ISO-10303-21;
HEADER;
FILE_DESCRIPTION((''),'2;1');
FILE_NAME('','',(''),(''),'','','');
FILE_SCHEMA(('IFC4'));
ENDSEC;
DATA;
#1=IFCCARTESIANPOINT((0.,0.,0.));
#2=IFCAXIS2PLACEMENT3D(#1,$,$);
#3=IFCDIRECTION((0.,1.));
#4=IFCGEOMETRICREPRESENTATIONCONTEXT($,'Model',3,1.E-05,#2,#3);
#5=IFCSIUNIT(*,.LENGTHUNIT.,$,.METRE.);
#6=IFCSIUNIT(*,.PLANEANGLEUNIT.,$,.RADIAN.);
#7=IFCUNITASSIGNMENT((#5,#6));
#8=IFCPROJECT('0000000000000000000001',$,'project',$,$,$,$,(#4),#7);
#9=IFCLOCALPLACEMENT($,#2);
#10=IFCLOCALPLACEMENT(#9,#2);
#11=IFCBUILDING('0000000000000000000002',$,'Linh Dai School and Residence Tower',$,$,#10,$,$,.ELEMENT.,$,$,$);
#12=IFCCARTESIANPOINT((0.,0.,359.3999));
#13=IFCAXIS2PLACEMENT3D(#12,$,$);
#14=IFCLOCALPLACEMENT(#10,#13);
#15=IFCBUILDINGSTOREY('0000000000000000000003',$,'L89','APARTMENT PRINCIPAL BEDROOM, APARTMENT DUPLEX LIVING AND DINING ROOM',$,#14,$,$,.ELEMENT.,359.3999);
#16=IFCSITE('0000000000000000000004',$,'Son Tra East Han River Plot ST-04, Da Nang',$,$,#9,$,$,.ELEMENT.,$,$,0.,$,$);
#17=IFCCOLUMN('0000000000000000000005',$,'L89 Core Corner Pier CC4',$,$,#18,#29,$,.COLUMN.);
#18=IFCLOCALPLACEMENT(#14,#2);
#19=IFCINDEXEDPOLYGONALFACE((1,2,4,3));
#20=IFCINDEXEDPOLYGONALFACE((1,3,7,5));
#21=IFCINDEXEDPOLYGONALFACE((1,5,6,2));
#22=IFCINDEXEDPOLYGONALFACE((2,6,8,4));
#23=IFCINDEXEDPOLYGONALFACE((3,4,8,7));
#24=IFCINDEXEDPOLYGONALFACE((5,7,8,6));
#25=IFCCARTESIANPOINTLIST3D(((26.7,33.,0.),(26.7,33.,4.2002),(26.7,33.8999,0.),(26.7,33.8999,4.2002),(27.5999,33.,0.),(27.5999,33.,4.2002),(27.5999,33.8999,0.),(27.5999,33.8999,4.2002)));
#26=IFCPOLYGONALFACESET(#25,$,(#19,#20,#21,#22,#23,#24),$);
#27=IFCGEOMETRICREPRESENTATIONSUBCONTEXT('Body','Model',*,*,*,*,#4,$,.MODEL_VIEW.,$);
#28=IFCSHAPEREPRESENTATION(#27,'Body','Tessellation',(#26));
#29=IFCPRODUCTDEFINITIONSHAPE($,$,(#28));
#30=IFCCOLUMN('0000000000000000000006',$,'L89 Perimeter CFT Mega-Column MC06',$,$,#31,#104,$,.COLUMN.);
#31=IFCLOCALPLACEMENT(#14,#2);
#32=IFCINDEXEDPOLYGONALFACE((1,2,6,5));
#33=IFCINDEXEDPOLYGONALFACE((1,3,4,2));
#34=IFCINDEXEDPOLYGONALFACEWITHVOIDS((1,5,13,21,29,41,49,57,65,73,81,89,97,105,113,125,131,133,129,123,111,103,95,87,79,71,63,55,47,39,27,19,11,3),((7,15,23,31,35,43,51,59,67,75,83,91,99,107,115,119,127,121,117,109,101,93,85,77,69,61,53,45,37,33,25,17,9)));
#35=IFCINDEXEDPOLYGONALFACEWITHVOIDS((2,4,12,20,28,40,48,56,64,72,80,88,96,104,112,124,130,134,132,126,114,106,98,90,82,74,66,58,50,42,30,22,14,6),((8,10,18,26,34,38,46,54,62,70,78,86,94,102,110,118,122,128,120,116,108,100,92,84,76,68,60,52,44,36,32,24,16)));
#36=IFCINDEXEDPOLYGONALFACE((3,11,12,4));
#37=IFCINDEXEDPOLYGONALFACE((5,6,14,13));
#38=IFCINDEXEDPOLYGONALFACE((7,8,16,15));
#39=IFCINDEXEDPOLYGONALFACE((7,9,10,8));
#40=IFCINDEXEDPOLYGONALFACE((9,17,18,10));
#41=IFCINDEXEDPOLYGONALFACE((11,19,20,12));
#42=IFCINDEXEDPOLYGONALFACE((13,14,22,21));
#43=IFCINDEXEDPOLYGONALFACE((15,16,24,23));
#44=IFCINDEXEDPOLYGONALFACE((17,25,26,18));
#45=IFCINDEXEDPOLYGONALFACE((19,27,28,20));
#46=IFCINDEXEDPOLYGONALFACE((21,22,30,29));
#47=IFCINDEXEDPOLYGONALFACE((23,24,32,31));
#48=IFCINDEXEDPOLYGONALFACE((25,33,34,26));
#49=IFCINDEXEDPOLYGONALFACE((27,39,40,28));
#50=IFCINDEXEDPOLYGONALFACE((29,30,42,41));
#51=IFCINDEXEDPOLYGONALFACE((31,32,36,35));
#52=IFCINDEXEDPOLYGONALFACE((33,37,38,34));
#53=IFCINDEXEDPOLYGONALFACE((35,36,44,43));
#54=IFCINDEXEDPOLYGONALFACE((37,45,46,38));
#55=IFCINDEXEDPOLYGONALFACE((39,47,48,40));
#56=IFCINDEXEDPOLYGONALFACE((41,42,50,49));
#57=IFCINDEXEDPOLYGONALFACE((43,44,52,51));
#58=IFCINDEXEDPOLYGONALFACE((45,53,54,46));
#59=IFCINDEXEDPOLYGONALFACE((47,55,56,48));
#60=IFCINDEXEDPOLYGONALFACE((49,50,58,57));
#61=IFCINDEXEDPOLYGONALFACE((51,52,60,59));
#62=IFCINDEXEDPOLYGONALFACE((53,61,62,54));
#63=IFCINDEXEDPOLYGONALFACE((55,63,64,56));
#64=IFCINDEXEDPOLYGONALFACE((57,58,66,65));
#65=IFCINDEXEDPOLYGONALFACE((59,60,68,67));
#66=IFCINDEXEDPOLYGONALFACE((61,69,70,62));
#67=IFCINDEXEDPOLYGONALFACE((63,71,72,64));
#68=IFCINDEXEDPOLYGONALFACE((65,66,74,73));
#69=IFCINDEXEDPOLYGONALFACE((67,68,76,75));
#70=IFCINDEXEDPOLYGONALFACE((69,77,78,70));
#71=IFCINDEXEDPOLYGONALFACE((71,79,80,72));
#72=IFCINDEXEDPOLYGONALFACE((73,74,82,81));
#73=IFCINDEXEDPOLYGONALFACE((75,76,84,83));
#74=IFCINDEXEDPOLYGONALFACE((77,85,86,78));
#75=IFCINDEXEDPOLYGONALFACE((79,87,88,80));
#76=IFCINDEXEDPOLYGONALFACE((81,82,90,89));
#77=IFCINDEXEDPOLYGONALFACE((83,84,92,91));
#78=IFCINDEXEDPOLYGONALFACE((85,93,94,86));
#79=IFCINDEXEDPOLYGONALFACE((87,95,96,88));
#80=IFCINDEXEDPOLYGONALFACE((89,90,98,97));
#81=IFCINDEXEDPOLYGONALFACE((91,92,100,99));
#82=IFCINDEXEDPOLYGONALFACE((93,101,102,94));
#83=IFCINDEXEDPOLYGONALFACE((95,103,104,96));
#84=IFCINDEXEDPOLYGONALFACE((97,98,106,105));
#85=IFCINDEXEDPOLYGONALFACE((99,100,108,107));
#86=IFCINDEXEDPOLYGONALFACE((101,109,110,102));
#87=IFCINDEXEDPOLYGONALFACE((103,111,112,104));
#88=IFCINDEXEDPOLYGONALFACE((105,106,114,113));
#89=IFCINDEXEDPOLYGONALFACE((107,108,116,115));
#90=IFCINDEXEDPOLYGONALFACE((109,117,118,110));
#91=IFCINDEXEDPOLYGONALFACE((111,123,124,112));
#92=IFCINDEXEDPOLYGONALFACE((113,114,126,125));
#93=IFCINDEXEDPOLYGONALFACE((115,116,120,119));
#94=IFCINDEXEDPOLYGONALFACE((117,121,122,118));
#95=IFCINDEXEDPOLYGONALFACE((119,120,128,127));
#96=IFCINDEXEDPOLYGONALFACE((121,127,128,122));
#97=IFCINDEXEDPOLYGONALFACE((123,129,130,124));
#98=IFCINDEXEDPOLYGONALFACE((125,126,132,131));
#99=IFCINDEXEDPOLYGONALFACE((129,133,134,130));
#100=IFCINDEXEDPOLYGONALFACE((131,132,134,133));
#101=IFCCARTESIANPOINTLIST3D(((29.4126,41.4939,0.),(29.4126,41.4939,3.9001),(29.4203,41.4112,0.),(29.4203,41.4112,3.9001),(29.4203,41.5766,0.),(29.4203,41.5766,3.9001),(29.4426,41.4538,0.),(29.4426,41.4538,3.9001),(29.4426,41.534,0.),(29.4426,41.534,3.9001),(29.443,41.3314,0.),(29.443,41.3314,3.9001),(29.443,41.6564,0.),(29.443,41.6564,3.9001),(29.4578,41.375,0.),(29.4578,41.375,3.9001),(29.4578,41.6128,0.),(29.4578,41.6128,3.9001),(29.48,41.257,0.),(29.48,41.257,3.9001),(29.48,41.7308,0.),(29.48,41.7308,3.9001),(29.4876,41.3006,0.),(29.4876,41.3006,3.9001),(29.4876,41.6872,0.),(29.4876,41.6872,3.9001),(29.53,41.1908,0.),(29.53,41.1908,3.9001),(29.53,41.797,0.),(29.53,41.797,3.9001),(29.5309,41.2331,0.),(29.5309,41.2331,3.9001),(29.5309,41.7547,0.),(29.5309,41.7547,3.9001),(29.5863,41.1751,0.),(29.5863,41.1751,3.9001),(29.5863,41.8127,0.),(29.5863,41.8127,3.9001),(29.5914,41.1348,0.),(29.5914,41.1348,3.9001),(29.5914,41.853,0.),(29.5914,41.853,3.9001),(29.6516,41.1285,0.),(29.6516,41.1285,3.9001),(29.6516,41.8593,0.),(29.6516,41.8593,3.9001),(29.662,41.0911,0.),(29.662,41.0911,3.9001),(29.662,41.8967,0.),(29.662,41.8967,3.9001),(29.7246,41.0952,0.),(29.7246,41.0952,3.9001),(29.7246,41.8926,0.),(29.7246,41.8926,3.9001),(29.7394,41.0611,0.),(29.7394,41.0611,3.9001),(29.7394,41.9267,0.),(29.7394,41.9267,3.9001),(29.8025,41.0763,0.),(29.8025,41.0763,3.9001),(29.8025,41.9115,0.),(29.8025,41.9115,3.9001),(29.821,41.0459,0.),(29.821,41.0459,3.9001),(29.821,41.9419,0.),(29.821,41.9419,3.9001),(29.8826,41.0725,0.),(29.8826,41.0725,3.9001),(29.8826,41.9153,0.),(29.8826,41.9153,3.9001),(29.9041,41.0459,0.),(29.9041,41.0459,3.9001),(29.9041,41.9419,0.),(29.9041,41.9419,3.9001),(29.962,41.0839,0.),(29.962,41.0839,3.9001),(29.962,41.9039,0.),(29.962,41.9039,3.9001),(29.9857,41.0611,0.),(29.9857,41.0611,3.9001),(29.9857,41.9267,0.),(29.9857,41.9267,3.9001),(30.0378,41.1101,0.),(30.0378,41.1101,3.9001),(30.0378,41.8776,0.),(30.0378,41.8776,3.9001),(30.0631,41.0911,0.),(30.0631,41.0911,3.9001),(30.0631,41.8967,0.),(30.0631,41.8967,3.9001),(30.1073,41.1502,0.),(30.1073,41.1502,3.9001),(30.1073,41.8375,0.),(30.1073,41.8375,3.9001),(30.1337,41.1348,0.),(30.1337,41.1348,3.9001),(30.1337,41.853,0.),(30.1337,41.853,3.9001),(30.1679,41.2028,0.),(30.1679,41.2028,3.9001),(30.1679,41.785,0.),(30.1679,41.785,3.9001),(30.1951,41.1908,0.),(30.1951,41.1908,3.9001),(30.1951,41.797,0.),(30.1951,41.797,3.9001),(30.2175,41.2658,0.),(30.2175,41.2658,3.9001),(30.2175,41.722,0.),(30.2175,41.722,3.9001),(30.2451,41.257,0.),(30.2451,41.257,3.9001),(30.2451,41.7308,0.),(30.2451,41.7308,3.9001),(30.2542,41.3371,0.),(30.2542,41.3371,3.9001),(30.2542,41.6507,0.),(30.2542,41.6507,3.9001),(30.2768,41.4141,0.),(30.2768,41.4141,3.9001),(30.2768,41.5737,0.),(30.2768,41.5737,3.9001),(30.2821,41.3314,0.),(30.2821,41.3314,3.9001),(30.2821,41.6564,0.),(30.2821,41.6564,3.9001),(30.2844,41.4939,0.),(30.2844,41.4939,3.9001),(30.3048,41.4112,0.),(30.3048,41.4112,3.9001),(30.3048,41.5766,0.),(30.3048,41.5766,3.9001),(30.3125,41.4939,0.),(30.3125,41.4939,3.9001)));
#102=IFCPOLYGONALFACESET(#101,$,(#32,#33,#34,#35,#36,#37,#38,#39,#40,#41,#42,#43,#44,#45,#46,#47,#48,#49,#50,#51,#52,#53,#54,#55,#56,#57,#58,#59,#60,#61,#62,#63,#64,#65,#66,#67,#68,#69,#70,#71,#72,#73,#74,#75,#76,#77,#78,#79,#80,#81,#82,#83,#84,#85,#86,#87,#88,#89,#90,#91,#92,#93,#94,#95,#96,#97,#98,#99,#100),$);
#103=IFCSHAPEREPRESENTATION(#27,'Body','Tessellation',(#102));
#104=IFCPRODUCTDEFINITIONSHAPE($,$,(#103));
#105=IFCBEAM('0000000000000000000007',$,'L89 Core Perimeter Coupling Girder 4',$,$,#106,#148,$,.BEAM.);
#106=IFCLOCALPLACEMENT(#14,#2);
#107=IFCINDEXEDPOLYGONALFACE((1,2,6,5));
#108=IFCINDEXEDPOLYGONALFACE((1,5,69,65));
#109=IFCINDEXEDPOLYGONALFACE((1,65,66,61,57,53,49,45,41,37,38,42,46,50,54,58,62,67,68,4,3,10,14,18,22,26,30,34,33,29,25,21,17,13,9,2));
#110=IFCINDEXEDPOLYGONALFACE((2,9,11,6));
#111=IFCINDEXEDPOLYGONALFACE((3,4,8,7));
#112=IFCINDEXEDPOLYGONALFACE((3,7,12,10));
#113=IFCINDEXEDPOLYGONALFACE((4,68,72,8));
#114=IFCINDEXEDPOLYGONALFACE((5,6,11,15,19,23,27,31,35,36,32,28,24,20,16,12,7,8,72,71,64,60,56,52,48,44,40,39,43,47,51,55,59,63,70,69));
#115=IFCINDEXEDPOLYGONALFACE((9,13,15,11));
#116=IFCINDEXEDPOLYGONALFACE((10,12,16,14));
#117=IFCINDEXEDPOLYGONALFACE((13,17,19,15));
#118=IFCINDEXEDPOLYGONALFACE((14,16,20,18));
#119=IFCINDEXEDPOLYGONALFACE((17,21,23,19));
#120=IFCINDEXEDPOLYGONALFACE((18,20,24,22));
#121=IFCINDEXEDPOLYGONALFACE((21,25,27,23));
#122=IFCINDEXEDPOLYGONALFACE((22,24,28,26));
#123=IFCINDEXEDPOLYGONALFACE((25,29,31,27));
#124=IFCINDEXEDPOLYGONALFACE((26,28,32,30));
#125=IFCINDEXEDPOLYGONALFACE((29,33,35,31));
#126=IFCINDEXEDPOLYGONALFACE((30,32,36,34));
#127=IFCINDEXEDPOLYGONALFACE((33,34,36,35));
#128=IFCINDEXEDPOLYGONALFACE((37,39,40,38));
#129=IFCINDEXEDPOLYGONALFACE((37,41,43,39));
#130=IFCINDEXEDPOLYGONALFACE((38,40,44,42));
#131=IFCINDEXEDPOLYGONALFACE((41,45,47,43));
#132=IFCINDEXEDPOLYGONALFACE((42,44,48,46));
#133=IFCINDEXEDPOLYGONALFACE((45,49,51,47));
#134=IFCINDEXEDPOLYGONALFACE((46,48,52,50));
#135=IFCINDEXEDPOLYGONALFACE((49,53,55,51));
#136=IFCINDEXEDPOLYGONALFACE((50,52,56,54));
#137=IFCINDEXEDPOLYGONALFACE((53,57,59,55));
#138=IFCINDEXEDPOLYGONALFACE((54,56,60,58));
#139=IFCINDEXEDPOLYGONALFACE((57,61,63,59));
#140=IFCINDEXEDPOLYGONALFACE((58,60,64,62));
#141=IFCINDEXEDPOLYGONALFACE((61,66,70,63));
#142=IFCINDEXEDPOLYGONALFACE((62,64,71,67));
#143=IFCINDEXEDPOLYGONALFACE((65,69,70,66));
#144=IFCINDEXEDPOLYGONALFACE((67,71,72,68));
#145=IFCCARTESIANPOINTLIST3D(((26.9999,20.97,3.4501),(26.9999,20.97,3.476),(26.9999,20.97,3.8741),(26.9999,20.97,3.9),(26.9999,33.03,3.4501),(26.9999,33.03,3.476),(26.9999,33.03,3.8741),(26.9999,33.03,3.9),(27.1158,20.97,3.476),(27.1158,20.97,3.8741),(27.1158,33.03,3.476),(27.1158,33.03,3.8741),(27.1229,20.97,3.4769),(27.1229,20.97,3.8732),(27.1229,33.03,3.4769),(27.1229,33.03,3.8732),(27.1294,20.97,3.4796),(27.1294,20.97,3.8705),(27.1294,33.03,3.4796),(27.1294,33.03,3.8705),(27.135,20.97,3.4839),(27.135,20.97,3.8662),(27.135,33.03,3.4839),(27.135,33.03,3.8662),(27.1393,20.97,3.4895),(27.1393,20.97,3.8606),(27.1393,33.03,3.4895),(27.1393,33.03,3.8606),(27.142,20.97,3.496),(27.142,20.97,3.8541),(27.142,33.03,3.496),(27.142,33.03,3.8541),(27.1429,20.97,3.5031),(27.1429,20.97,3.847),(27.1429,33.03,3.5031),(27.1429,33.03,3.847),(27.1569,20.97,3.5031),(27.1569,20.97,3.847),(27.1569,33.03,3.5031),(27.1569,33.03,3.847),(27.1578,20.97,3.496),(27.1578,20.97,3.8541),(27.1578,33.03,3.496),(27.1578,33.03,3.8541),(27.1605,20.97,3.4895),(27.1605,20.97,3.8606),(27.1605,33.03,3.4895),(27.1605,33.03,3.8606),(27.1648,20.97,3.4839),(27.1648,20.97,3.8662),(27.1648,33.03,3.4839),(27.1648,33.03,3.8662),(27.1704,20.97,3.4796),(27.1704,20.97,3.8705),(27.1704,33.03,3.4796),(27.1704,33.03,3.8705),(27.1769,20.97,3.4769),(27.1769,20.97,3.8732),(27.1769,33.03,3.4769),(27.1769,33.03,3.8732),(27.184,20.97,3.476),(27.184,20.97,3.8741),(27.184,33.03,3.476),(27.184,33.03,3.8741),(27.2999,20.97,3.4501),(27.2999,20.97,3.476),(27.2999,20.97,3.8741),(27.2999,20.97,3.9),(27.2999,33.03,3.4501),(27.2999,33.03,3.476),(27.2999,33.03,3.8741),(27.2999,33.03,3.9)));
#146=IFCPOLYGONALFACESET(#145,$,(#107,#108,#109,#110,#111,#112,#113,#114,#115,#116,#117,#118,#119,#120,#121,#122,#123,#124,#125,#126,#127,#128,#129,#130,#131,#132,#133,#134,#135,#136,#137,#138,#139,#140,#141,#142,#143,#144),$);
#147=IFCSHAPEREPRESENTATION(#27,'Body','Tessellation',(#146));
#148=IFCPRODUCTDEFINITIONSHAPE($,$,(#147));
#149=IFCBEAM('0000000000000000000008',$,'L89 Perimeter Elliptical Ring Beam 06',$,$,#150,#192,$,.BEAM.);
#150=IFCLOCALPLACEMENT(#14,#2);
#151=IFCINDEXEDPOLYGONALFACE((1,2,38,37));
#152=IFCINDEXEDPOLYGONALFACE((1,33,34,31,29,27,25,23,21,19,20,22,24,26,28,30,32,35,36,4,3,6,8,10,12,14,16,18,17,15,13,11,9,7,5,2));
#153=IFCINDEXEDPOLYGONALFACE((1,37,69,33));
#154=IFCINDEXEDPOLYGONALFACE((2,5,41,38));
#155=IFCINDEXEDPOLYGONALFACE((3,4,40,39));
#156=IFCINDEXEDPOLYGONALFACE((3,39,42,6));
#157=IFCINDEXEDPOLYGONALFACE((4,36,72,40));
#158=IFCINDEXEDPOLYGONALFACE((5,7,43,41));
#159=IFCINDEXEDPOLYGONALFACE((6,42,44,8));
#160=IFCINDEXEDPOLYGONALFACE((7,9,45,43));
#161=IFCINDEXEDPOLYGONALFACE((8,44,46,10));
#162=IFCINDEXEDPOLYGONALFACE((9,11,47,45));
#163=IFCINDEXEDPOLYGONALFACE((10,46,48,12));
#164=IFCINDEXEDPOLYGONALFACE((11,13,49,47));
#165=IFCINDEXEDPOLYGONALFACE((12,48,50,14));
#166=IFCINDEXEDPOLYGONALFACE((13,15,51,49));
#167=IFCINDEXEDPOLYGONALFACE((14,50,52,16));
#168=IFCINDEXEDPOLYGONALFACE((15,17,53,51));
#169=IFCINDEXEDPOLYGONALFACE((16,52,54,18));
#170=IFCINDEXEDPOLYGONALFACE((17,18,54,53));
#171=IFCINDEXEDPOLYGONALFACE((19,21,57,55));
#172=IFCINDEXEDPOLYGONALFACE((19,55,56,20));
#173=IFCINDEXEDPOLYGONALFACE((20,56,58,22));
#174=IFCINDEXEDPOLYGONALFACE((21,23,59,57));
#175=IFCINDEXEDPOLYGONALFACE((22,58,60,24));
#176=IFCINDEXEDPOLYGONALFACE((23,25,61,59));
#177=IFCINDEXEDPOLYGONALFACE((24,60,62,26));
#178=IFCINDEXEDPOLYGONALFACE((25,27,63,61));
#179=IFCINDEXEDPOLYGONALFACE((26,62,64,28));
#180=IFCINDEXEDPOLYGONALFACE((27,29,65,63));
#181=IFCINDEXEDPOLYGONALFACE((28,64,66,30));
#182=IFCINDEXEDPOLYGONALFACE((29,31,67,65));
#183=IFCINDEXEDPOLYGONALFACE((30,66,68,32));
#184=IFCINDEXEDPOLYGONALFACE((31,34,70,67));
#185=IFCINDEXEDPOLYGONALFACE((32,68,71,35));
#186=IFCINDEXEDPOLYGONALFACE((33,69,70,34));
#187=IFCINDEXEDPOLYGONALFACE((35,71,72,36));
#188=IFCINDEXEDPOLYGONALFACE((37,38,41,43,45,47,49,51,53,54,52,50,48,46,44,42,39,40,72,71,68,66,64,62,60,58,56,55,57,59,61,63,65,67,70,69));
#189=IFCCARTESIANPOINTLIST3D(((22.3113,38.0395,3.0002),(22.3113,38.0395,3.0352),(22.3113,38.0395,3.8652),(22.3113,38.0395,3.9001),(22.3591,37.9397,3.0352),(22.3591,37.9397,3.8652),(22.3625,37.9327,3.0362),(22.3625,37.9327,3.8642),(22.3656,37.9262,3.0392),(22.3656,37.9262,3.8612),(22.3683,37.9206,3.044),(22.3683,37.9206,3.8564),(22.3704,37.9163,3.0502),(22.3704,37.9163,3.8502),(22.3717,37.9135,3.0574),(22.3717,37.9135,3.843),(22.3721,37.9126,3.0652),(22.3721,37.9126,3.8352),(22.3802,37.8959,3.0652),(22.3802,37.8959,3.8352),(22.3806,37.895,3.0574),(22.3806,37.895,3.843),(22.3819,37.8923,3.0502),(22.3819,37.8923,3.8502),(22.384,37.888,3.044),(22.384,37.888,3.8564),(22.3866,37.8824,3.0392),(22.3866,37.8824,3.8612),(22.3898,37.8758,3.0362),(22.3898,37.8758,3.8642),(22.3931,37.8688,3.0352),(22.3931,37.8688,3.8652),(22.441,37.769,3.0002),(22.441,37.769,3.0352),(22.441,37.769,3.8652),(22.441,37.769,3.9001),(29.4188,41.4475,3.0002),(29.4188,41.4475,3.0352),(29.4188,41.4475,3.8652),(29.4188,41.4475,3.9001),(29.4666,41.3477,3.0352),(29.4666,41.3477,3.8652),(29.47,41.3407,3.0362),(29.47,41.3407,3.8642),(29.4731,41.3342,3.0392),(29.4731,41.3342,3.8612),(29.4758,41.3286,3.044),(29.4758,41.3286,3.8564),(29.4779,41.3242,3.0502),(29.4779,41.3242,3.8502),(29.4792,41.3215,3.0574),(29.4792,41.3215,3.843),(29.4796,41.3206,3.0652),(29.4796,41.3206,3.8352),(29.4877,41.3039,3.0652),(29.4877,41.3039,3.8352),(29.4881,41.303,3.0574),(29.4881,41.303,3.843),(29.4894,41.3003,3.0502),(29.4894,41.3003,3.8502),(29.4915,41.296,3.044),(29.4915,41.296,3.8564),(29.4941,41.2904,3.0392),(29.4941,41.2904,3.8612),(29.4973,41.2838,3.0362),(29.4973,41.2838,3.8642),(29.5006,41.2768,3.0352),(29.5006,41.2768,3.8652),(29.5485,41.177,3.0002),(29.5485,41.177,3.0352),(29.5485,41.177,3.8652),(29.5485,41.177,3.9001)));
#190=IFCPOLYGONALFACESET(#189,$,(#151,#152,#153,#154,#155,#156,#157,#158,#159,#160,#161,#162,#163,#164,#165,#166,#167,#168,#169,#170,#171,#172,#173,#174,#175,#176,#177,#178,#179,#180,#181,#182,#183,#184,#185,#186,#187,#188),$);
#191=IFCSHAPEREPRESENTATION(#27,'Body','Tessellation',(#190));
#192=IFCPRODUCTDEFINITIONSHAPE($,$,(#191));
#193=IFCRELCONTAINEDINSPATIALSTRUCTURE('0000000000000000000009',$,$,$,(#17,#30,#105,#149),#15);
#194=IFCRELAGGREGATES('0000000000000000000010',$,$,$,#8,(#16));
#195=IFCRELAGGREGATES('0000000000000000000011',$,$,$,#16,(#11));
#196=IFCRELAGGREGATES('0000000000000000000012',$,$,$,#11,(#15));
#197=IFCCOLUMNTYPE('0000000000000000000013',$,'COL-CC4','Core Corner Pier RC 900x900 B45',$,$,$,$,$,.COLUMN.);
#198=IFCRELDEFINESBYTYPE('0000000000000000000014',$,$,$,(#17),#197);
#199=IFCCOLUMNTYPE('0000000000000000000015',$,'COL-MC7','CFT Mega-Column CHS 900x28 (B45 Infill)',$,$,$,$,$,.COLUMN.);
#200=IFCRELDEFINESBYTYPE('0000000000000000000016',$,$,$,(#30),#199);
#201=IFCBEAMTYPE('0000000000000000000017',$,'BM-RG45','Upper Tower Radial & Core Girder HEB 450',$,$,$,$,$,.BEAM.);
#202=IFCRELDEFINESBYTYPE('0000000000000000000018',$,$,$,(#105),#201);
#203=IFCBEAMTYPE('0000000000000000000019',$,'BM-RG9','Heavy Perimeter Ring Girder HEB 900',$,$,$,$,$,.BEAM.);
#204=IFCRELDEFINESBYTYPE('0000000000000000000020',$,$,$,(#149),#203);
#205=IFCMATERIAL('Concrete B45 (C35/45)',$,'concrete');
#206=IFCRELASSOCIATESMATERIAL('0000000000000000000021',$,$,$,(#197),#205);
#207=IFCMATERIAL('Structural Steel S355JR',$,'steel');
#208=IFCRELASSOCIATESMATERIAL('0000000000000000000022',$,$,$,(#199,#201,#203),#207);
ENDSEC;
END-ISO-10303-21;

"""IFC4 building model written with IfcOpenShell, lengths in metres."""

from ifc_helpers import new_model, si_unit, direction, frame, origin, origin_2d, place, context, subcontext, project, spatial, rectangle, hollow_circle, i_section, extrude, material, material_profile, profile_set, type_object, element, save


model = new_model("IFC4")

# Units and contexts
model_context = context("Model", 3, precision=1e-05, world=origin(), true_north=direction((0.0, 1.0)))
body_context = subcontext(model_context, "Body", "Model", "MODEL_VIEW")
ifc_project = project(units=[si_unit("LENGTHUNIT", "METRE"), si_unit("PLANEANGLEUNIT", "RADIAN")], contexts=[model_context])

# Site, building, storey
site_placement = place(None, origin())
site = spatial("IfcSite", under=ifc_project, at=site_placement, Name="Son Tra East Han River Plot ST-04, Da Nang", CompositionType="ELEMENT", RefElevation=0.0)
building_placement = place(site_placement, origin())
building = spatial("IfcBuilding", under=site, at=building_placement, Name="Linh Dai School and Residence Tower", CompositionType="ELEMENT")
storey_placement = place(building_placement, frame((0.0, 0.0, 359.3999)))
storey = spatial("IfcBuildingStorey", under=building, at=storey_placement, Name="L89", Description="APARTMENT PRINCIPAL BEDROOM, APARTMENT DUPLEX LIVING AND DINING ROOM", CompositionType="ELEMENT", Elevation=359.3999)

# Columns
ifc_material_1 = material(Name="Concrete B45 (C35/45)", Category="concrete")
ifc_material_profile_1 = material_profile(ifc_material_1, rectangle(XDim=0.8999, YDim=0.8999, at=origin_2d()), Name="RC 900x900")
ifc_profile_set_1 = profile_set([ifc_material_profile_1], Name="Concrete B45 (C35/45)")
column_type_1 = type_object("IfcColumnType", Name="COL-CC4", Description="Core Corner Pier RC 900x900 B45", PredefinedType="COLUMN", material=ifc_profile_set_1)
column_1_placement = place(storey_placement, frame((27.1499, 33.45, 0.0), z_axis=(0.0, 0.0, 1.0), x_axis=(1.0, 0.0, 0.0)))
element("IfcColumn", 1, at=column_1_placement, inside=storey, type_object=column_type_1, Name="L89 Core Corner Pier CC4", PredefinedType="COLUMN", context=body_context, shape_type="SweptSolid", body=[
    extrude(rectangle(XDim=0.8999, YDim=0.8999, at=origin_2d()), origin(), (0.0, 0.0, 1.0), 4.2002),
])
ifc_material_2 = material(Name="Structural Steel S355JR", Category="steel")
ifc_material_profile_2 = material_profile(ifc_material_2, hollow_circle(Radius=0.45, WallThickness=0.0281, at=origin_2d()), Name="CHS 900x28")
ifc_profile_set_2 = profile_set([ifc_material_profile_2], Name="Structural Steel S355JR")
column_type_2 = type_object("IfcColumnType", Name="COL-MC7", Description="CFT Mega-Column CHS 900x28 (B45 Infill)", PredefinedType="COLUMN", material=ifc_profile_set_2)
column_2_placement = place(storey_placement, frame((29.8625, 41.4939, 0.0), z_axis=(0.0, 0.0, 1.0), x_axis=(1.0, 0.0, 0.0)))
element("IfcColumn", 2, at=column_2_placement, inside=storey, type_object=column_type_2, Name="L89 Perimeter CFT Mega-Column MC06", PredefinedType="COLUMN", context=body_context, shape_type="SweptSolid", body=[
    extrude(hollow_circle(Radius=0.45, WallThickness=0.0281, at=origin_2d()), origin(), (0.0, 0.0, 1.0), 3.9001),
])

# Beams
ifc_material_profile_3 = material_profile(ifc_material_2, i_section(OverallWidth=0.3, OverallDepth=0.45, WebThickness=0.0139, FlangeThickness=0.0259, FilletRadius=0.0271, at=origin_2d()), Name="HEB 450")
ifc_profile_set_3 = profile_set([ifc_material_profile_3], Name="Structural Steel S355JR")
beam_type_1 = type_object("IfcBeamType", Name="BM-RG45", Description="Upper Tower Radial & Core Girder HEB 450", PredefinedType="BEAM", material=ifc_profile_set_3)
beam_1_placement = place(storey_placement, frame((27.1499, 33.03, 3.675), z_axis=(0.0, -1.0, 0.0), x_axis=(1.0, 0.0, 0.0)))
element("IfcBeam", 3, at=beam_1_placement, inside=storey, type_object=beam_type_1, Name="L89 Core Perimeter Coupling Girder 4", PredefinedType="BEAM", context=body_context, shape_type="SweptSolid", body=[
    extrude(i_section(OverallWidth=0.3, OverallDepth=0.45, WebThickness=0.0139, FlangeThickness=0.0259, FilletRadius=0.0271, at=origin_2d()), origin(), (0.0, 0.0, 1.0), 12.0601),
])
ifc_material_profile_4 = material_profile(ifc_material_2, i_section(OverallWidth=0.3, OverallDepth=0.8999, WebThickness=0.0186, FlangeThickness=0.0349, FilletRadius=0.03, at=origin_2d()), Name="HEB 900")
ifc_profile_set_4 = profile_set([ifc_material_profile_4], Name="Structural Steel S355JR")
beam_type_2 = type_object("IfcBeamType", Name="BM-RG9", Description="Heavy Perimeter Ring Girder HEB 900", PredefinedType="BEAM", material=ifc_profile_set_4)
beam_2_placement = place(storey_placement, frame((29.4836, 41.3123, 3.4502), z_axis=(-0.901701, -0.432359, 0.0), x_axis=(0.432359, -0.901701, 0.0)))
element("IfcBeam", 4, at=beam_2_placement, inside=storey, type_object=beam_type_2, Name="L89 Perimeter Elliptical Ring Beam 06", PredefinedType="BEAM", context=body_context, shape_type="SweptSolid", body=[
    extrude(i_section(OverallWidth=0.3, OverallDepth=0.8999, WebThickness=0.0186, FlangeThickness=0.0349, FilletRadius=0.03, at=origin_2d()), origin(), (0.0, 0.0, 1.0), 7.8823),
])

save(model, "model.ifc")
